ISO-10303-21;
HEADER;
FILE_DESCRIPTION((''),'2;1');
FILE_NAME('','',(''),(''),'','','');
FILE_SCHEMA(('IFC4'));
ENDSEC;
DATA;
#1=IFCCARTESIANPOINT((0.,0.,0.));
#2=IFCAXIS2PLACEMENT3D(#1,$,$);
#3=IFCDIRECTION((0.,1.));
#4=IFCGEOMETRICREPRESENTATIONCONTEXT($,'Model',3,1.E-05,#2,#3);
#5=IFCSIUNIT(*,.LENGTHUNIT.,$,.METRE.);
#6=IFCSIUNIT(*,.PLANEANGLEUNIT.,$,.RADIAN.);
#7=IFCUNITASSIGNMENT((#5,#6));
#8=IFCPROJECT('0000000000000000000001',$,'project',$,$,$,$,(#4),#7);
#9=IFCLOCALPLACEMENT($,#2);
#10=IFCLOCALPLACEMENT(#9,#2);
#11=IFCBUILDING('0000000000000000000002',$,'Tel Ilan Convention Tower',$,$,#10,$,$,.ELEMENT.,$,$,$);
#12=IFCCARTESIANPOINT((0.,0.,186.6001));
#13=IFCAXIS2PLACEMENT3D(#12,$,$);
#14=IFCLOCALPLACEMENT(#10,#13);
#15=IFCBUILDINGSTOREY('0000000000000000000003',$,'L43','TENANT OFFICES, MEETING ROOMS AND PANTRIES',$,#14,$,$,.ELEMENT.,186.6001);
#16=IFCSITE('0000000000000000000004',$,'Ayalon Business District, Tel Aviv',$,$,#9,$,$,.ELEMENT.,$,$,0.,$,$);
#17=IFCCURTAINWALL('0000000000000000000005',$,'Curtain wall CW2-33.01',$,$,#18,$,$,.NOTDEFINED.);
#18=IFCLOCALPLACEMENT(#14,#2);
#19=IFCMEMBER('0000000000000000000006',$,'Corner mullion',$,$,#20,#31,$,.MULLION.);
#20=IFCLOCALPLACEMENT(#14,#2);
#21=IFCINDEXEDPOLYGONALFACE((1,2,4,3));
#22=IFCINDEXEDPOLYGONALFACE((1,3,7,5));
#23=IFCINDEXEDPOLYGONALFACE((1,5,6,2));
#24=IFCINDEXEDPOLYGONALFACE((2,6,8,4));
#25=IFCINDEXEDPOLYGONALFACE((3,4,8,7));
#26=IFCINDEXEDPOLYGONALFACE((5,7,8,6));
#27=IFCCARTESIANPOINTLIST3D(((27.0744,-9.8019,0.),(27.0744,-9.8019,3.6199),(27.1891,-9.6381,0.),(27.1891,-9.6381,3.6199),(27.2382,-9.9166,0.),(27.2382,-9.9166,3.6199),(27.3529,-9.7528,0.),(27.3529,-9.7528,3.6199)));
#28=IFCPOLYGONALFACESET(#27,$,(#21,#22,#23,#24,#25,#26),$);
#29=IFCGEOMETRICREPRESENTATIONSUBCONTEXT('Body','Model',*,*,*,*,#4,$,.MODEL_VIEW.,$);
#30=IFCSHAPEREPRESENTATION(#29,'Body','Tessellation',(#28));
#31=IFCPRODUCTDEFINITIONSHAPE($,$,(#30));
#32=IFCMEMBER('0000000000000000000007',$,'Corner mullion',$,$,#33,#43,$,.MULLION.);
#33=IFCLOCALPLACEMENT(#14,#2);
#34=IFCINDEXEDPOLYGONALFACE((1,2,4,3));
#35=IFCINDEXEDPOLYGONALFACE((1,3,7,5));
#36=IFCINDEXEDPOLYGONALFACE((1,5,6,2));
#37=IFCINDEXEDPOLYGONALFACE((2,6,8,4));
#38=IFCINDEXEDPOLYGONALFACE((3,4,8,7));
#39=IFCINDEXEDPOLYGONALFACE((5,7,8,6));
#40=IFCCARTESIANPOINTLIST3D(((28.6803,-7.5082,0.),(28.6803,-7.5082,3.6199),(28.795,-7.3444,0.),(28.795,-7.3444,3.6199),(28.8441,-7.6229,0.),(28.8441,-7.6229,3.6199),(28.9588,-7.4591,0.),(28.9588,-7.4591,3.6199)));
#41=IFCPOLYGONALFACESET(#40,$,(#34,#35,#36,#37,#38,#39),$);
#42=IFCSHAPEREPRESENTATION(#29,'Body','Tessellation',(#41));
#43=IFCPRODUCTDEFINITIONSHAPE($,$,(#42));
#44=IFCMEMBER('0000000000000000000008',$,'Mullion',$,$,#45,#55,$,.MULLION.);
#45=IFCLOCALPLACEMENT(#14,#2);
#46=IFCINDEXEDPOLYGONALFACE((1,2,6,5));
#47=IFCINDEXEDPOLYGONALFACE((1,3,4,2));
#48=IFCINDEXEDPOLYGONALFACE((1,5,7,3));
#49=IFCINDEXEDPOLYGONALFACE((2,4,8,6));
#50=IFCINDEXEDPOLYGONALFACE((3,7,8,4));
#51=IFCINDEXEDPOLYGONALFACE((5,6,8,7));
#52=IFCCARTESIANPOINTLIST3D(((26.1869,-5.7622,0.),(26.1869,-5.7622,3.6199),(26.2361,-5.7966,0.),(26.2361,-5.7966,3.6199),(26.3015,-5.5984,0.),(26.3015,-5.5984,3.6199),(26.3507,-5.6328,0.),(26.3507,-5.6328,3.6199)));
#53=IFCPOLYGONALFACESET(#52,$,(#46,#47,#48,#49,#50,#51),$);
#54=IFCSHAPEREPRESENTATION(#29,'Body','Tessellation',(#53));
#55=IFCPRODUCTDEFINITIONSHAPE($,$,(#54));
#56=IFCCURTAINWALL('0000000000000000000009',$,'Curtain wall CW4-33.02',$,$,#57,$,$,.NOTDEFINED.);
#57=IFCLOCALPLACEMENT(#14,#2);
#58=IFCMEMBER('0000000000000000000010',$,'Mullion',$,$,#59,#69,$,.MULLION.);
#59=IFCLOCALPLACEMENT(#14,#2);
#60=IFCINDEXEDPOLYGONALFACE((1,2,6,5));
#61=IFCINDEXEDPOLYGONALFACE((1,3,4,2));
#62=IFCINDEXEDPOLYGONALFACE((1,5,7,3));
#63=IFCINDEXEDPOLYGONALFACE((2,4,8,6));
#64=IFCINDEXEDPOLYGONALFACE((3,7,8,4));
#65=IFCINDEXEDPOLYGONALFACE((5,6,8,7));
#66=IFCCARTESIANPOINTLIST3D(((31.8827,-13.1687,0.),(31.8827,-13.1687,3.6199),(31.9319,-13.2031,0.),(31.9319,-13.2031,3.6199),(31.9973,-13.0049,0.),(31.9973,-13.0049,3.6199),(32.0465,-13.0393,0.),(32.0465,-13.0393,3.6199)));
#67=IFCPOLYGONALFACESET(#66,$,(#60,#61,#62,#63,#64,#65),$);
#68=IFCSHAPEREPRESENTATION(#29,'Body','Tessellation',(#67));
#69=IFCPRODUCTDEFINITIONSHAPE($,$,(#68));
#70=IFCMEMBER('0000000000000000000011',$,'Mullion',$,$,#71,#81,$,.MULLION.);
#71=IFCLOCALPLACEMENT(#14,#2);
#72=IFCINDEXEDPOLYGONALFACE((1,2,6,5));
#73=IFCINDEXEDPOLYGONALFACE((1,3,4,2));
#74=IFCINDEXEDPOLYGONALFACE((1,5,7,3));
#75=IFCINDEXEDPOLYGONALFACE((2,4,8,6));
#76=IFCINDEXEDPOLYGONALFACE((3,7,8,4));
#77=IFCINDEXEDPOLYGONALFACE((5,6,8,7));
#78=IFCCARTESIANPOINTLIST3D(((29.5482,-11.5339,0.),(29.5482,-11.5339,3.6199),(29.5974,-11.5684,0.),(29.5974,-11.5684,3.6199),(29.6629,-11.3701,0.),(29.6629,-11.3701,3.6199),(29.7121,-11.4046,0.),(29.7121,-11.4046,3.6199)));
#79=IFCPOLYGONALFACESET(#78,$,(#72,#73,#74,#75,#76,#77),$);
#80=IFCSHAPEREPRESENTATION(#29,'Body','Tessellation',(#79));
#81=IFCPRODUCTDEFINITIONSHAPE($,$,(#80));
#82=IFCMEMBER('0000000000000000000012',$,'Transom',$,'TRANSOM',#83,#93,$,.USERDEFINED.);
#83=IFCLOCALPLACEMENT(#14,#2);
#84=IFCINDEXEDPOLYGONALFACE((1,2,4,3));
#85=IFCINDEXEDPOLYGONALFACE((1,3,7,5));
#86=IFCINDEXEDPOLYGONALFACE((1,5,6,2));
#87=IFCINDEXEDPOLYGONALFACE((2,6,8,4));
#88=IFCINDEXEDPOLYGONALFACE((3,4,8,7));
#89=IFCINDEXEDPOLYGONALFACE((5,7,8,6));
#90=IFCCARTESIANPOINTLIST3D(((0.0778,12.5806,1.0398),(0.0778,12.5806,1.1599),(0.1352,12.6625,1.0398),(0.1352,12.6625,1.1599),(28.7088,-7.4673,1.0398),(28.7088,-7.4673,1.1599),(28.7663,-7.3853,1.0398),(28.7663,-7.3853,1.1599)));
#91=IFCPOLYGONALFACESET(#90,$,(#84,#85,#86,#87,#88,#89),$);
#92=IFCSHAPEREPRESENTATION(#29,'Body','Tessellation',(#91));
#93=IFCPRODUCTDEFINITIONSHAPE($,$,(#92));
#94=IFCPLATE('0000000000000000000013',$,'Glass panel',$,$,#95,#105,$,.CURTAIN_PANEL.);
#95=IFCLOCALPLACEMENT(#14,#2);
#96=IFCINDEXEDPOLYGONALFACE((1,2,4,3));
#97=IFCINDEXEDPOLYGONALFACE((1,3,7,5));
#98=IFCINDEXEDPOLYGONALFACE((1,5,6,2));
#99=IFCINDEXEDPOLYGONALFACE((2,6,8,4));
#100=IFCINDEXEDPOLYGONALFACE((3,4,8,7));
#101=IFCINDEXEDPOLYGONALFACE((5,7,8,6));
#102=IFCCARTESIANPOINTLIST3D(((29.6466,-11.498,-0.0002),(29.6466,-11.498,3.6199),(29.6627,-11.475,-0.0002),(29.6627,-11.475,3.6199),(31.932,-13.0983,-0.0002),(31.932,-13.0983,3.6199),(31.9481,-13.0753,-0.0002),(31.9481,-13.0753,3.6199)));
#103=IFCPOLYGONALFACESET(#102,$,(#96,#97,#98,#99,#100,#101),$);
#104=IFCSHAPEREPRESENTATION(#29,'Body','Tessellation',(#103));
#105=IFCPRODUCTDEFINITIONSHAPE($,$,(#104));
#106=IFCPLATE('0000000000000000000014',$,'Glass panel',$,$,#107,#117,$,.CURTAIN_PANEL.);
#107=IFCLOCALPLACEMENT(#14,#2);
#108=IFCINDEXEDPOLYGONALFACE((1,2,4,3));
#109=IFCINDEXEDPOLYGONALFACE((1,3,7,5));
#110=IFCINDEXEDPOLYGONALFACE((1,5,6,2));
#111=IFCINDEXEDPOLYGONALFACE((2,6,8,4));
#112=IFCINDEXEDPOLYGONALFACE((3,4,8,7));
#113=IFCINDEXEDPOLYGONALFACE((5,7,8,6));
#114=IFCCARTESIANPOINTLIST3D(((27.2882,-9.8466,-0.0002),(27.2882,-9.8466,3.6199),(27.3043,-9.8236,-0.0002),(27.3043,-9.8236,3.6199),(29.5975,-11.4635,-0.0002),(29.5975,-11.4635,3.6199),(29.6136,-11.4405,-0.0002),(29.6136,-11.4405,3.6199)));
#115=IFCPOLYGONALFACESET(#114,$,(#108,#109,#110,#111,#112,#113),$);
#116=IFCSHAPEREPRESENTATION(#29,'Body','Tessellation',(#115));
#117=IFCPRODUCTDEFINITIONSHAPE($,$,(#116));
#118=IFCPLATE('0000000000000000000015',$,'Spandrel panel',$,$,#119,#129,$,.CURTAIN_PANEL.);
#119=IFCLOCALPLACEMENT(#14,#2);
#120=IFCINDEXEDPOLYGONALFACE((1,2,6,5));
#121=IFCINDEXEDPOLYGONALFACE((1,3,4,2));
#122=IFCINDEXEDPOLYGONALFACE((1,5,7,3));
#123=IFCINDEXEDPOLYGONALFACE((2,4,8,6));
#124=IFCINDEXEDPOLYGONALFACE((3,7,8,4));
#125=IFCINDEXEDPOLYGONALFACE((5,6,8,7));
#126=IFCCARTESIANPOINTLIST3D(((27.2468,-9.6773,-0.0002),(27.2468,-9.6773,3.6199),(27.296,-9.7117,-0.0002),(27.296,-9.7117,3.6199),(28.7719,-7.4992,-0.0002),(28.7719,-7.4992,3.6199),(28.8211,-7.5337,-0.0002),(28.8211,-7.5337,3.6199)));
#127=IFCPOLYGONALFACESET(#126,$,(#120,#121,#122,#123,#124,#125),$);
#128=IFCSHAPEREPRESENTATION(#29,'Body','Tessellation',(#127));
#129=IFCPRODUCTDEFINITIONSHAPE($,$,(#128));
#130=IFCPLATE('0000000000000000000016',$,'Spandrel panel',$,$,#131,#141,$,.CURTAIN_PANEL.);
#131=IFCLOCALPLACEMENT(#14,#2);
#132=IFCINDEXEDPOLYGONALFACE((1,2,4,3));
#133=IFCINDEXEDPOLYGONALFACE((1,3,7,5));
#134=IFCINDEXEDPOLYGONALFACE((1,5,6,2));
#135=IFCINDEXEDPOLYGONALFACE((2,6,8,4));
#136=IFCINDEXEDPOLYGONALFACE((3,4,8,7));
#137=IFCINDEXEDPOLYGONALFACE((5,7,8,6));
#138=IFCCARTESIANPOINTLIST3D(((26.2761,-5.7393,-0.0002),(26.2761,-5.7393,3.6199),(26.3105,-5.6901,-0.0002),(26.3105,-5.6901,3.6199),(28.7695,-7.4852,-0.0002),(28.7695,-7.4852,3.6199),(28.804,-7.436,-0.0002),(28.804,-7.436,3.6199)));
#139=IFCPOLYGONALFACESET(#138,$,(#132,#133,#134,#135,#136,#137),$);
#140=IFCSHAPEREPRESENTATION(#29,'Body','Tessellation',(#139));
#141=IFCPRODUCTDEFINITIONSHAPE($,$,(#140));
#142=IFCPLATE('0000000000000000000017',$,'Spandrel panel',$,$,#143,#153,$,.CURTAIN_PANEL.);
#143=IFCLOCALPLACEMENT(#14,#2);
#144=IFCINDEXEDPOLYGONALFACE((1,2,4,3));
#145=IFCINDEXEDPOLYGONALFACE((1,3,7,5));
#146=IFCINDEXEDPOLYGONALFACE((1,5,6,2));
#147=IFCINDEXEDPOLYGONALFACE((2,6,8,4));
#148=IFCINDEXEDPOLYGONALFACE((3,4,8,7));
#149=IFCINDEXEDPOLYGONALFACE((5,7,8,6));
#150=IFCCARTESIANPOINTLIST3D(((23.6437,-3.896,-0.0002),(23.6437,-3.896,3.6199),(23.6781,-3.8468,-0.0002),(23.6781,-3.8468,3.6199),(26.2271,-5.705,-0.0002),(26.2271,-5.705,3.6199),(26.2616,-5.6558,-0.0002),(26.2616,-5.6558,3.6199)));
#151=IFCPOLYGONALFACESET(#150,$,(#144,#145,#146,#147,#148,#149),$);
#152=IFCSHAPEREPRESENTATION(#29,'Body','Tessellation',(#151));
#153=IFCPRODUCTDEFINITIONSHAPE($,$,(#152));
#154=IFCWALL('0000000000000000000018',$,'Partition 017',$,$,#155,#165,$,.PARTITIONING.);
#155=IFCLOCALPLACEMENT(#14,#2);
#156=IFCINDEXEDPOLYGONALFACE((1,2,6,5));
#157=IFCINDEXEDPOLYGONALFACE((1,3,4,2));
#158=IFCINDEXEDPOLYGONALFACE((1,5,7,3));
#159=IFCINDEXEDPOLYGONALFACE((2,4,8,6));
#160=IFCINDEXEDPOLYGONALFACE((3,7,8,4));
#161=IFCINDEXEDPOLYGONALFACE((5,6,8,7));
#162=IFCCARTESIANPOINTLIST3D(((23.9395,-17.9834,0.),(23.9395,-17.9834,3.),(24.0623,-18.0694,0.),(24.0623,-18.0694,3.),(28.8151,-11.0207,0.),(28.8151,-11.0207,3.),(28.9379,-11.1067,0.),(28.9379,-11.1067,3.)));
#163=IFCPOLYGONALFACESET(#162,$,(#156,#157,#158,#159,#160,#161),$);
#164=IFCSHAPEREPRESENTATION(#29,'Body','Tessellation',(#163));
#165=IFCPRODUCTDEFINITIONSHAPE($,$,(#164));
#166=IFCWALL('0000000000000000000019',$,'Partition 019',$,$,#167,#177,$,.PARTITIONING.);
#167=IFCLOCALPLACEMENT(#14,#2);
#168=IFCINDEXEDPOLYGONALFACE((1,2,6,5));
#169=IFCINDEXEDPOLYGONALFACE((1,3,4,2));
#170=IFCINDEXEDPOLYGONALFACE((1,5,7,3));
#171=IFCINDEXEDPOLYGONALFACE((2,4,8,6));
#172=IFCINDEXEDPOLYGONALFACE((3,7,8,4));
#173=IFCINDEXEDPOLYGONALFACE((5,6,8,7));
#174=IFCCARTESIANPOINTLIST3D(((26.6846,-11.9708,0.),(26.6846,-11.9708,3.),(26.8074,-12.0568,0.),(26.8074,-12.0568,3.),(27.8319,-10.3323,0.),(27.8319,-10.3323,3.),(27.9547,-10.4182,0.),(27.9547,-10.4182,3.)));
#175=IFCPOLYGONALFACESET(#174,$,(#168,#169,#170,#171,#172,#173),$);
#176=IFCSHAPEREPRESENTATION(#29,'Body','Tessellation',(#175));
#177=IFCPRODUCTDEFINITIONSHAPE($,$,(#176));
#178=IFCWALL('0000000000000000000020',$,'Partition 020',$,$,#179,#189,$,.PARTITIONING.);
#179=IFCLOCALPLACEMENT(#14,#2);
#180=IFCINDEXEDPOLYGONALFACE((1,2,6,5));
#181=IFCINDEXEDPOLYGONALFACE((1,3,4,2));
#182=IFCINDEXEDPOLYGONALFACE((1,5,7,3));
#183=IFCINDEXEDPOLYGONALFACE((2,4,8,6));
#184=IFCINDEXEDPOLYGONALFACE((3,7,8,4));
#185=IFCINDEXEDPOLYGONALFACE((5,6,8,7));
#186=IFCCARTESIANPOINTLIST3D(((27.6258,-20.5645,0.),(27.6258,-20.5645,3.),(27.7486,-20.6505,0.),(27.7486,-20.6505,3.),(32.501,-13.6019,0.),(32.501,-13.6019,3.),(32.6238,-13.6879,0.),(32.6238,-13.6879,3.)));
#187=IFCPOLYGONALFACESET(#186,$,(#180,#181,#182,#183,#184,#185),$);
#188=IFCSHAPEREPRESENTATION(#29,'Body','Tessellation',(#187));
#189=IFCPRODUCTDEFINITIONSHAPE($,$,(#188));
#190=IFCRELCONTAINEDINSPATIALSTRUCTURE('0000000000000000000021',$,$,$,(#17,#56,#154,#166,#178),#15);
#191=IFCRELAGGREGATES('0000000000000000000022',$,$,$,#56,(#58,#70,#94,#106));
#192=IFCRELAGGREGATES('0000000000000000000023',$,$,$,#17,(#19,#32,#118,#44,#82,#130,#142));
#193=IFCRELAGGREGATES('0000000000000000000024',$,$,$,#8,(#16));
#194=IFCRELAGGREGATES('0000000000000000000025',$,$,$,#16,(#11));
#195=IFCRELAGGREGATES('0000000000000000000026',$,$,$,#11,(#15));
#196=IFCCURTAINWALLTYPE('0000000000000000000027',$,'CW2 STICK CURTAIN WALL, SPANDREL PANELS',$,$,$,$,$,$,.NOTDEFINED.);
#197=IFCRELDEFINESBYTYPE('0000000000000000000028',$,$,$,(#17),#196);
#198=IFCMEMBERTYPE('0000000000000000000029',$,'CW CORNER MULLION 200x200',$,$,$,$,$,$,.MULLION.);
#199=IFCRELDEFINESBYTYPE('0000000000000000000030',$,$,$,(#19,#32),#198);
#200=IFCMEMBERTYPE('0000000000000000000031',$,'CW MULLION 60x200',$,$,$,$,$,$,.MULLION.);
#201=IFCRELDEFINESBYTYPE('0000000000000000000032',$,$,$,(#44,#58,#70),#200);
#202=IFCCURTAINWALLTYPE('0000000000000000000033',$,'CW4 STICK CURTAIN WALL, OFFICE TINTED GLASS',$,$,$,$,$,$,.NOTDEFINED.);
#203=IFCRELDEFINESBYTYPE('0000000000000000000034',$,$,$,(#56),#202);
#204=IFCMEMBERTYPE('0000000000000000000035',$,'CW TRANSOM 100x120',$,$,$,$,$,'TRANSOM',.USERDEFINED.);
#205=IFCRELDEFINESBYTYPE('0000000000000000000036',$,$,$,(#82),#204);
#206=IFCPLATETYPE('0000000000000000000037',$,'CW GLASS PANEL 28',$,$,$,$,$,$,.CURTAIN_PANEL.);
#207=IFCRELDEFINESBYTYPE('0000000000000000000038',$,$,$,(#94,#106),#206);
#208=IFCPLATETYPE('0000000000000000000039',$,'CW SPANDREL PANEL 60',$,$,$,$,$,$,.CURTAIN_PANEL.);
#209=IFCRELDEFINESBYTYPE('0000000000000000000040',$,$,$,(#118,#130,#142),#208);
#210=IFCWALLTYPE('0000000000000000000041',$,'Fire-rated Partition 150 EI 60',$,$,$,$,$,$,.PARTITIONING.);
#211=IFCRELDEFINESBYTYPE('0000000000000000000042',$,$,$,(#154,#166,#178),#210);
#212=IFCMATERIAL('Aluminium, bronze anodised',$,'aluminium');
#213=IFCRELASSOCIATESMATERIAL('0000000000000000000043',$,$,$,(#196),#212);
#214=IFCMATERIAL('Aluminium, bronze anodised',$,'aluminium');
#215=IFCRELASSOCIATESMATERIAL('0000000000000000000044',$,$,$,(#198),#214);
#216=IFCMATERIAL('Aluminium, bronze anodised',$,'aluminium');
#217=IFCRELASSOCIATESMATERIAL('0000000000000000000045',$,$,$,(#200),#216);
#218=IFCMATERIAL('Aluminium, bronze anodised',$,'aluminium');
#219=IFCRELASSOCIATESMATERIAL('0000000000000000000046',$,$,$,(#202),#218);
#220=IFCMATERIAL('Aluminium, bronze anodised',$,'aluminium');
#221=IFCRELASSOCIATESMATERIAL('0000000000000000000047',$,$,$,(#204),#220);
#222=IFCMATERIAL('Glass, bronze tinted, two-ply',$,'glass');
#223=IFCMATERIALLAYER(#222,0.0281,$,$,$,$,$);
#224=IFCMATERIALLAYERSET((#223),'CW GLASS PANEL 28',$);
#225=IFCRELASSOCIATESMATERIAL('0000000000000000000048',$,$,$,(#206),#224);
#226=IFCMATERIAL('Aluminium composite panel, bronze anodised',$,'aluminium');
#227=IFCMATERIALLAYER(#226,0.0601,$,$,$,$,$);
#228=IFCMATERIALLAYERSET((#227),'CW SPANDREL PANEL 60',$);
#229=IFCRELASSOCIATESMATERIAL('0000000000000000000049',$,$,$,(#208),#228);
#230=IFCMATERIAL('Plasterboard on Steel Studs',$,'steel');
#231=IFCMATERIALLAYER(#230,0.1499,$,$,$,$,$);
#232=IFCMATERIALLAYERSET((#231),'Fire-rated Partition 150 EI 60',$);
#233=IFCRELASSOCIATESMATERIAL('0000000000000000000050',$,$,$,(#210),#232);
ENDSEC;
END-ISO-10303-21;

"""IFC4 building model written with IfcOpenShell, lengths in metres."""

from ifc_helpers import new_model, si_unit, direction, frame, frame_2d, origin, origin_2d, place, context, subcontext, project, spatial, rectangle, extrude, material, layer, layer_set, material_profile, profile_set, type_object, element, aggregate, save


model = new_model("IFC4")

# Units and contexts
model_context = context("Model", 3, precision=1e-05, world=origin(), true_north=direction((0.0, 1.0)))
body_context = subcontext(model_context, "Body", "Model", "MODEL_VIEW")
ifc_project = project(units=[si_unit("LENGTHUNIT", "METRE"), si_unit("PLANEANGLEUNIT", "RADIAN")], contexts=[model_context])

# Site, building, storey
site_placement = place(None, origin())
site = spatial("IfcSite", under=ifc_project, at=site_placement, Name="Ayalon Business District, Tel Aviv", CompositionType="ELEMENT", RefElevation=0.0)
building_placement = place(site_placement, origin())
building = spatial("IfcBuilding", under=site, at=building_placement, Name="Tel Ilan Convention Tower", CompositionType="ELEMENT")
storey_placement = place(building_placement, frame((0.0, 0.0, 186.6001)))
storey = spatial("IfcBuildingStorey", under=building, at=storey_placement, Name="L43", Description="TENANT OFFICES, MEETING ROOMS AND PANTRIES", CompositionType="ELEMENT", Elevation=186.6001)

# Curtain walls, members
ifc_material_1 = material(Name="Aluminium, bronze anodised", Category="aluminium")
curtain_wall_type_1 = type_object("IfcCurtainWallType", Name="CW2 STICK CURTAIN WALL, SPANDREL PANELS", PredefinedType="NOTDEFINED", material=ifc_material_1)
curtain_wall_1_placement = place(storey_placement, origin())
curtain_wall_1 = element("IfcCurtainWall", 1, at=curtain_wall_1_placement, inside=storey, type_object=curtain_wall_type_1, Name="Curtain wall CW2-33.01", PredefinedType="NOTDEFINED")
ifc_material_2 = material(Name="Aluminium, bronze anodised", Category="aluminium")
ifc_material_profile_1 = material_profile(ifc_material_2, rectangle(XDim=0.2, YDim=0.2, at=origin_2d()), Name="CW CORNER MULLION 200x200")
ifc_profile_set_1 = profile_set([ifc_material_profile_1], Name="Aluminium, bronze anodised")
member_type_1 = type_object("IfcMemberType", Name="CW CORNER MULLION 200x200", PredefinedType="MULLION", material=ifc_profile_set_1)
member_1_placement = place(storey_placement, frame((27.2136, -9.7773, 0.0), z_axis=(0.0, 0.0, 1.0), x_axis=(-0.819152, 0.573576, 0.0)))
member_1 = element("IfcMember", 2, at=member_1_placement, type_object=member_type_1, Name="Corner mullion", PredefinedType="MULLION", context=body_context, shape_type="SweptSolid", body=[
    extrude(rectangle(XDim=0.2, YDim=0.2, at=origin_2d()), origin(), (0.0, 0.0, 1.0), 3.6199),
])
member_2_placement = place(storey_placement, frame((28.8196, -7.4836, 0.0), z_axis=(0.0, 0.0, 1.0), x_axis=(0.573576, 0.819152, 0.0)))
member_2 = element("IfcMember", 3, at=member_2_placement, type_object=member_type_1, Name="Corner mullion", PredefinedType="MULLION", context=body_context, shape_type="SweptSolid", body=[
    extrude(rectangle(XDim=0.2, YDim=0.2, at=origin_2d()), origin(), (0.0, 0.0, 1.0), 3.6199),
])
ifc_material_3 = material(Name="Aluminium, bronze anodised", Category="aluminium")
ifc_material_profile_2 = material_profile(ifc_material_3, rectangle(XDim=0.0601, YDim=0.2, at=origin_2d()), Name="CW MULLION 60x200")
ifc_profile_set_2 = profile_set([ifc_material_profile_2], Name="Aluminium, bronze anodised")
member_type_2 = type_object("IfcMemberType", Name="CW MULLION 60x200", PredefinedType="MULLION", material=ifc_profile_set_2)
member_3_placement = place(storey_placement, frame((26.2688, -5.6975, 0.0), z_axis=(0.0, 0.0, 1.0), x_axis=(-0.819152, 0.573576, 0.0)))
member_3 = element("IfcMember", 4, at=member_3_placement, type_object=member_type_2, Name="Mullion", PredefinedType="MULLION", context=body_context, shape_type="SweptSolid", body=[
    extrude(rectangle(XDim=0.0601, YDim=0.2, at=origin_2d()), origin(), (0.0, 0.0, 1.0), 3.6199),
])
ifc_material_4 = material(Name="Aluminium, bronze anodised", Category="aluminium")
curtain_wall_type_2 = type_object("IfcCurtainWallType", Name="CW4 STICK CURTAIN WALL, OFFICE TINTED GLASS", PredefinedType="NOTDEFINED", material=ifc_material_4)
curtain_wall_2_placement = place(storey_placement, origin())
curtain_wall_2 = element("IfcCurtainWall", 5, at=curtain_wall_2_placement, inside=storey, type_object=curtain_wall_type_2, Name="Curtain wall CW4-33.02", PredefinedType="NOTDEFINED")
member_4_placement = place(storey_placement, frame((31.9646, -13.104, 0.0), z_axis=(0.0, 0.0, 1.0), x_axis=(-0.819152, 0.573576, 0.0)))
member_4 = element("IfcMember", 6, at=member_4_placement, type_object=member_type_2, Name="Mullion", PredefinedType="MULLION", context=body_context, shape_type="SweptSolid", body=[
    extrude(rectangle(XDim=0.0601, YDim=0.2, at=origin_2d()), origin(), (0.0, 0.0, 1.0), 3.6199),
])
member_5_placement = place(storey_placement, frame((29.6301, -11.4692, 0.0), z_axis=(0.0, 0.0, 1.0), x_axis=(-0.819152, 0.573576, 0.0)))
member_5 = element("IfcMember", 7, at=member_5_placement, type_object=member_type_2, Name="Mullion", PredefinedType="MULLION", context=body_context, shape_type="SweptSolid", body=[
    extrude(rectangle(XDim=0.0601, YDim=0.2, at=origin_2d()), origin(), (0.0, 0.0, 1.0), 3.6199),
])

# Member
ifc_material_5 = material(Name="Aluminium, bronze anodised", Category="aluminium")
ifc_material_profile_3 = material_profile(ifc_material_5, rectangle(XDim=0.1001, YDim=0.1201, at=origin_2d()), Name="CW TRANSOM 100x120")
ifc_profile_set_3 = profile_set([ifc_material_profile_3], Name="Aluminium, bronze anodised")
member_type_3 = type_object("IfcMemberType", Name="CW TRANSOM 100x120", ElementType="TRANSOM", PredefinedType="USERDEFINED", material=ifc_profile_set_3)
member_6_placement = place(storey_placement, frame((28.7375, -7.4263, 1.0999), z_axis=(-0.81915, 0.573579, 0.0), x_axis=(-0.573579, -0.81915, 0.0)))
member_6 = element("IfcMember", 8, at=member_6_placement, type_object=member_type_3, Name="Transom", ObjectType="TRANSOM", PredefinedType="USERDEFINED", context=body_context, shape_type="SweptSolid", body=[
    extrude(rectangle(XDim=0.1001, YDim=0.1201, at=origin_2d()), origin(), (0.0, 0.0, 1.0), 34.9521),
])

# Plates
ifc_material_6 = material(Name="Glass, bronze tinted, two-ply", Category="glass")
ifc_layer_1 = layer(ifc_material_6, 0.0281)
ifc_layer_set_1 = layer_set([ifc_layer_1], Name="CW GLASS PANEL 28")
plate_type_1 = type_object("IfcPlateType", Name="CW GLASS PANEL 28", PredefinedType="CURTAIN_PANEL", material=ifc_layer_set_1)
plate_1_placement = place(storey_placement, frame((30.7974, -12.2866, -0.0002), z_axis=(0.0, 0.0, 1.0), x_axis=(-0.819152, 0.573576, 0.0)))
plate_1 = element("IfcPlate", 9, at=plate_1_placement, type_object=plate_type_1, Name="Glass panel", PredefinedType="CURTAIN_PANEL", context=body_context, shape_type="SweptSolid", body=[
    extrude(rectangle(XDim=2.79, YDim=0.0281, at=origin_2d()), origin(), (0.0, 0.0, 1.0), 3.6201),
])
plate_2_placement = place(storey_placement, frame((28.4509, -10.6436, -0.0002), z_axis=(0.0, 0.0, 1.0), x_axis=(-0.819152, 0.573576, 0.0)))
plate_2 = element("IfcPlate", 10, at=plate_2_placement, type_object=plate_type_1, Name="Glass panel", PredefinedType="CURTAIN_PANEL", context=body_context, shape_type="SweptSolid", body=[
    extrude(rectangle(XDim=2.8191, YDim=0.0281, at=origin_2d()), origin(), (0.0, 0.0, 1.0), 3.6201),
])
aggregate(curtain_wall_2, [member_4, member_5, plate_1, plate_2])
ifc_material_7 = material(Name="Aluminium composite panel, bronze anodised", Category="aluminium")
ifc_layer_2 = layer(ifc_material_7, 0.0601)
ifc_layer_set_2 = layer_set([ifc_layer_2], Name="CW SPANDREL PANEL 60")
plate_type_2 = type_object("IfcPlateType", Name="CW SPANDREL PANEL 60", PredefinedType="CURTAIN_PANEL", material=ifc_layer_set_2)
plate_3_placement = place(storey_placement, frame((28.0339, -8.6055, -0.0002), z_axis=(0.0, 0.0, 1.0), x_axis=(0.573576, 0.819152, 0.0)))
plate_3 = element("IfcPlate", 11, at=plate_3_placement, type_object=plate_type_2, Name="Spandrel panel", PredefinedType="CURTAIN_PANEL", context=body_context, shape_type="SweptSolid", body=[
    extrude(rectangle(XDim=2.6589, YDim=0.0601, at=origin_2d()), origin(), (0.0, 0.0, 1.0), 3.6201),
])
plate_4_placement = place(storey_placement, frame((27.54, -6.5876, -0.0002), z_axis=(0.0, 0.0, 1.0), x_axis=(-0.819152, 0.573576, 0.0)))
plate_4 = element("IfcPlate", 12, at=plate_4_placement, type_object=plate_type_2, Name="Spandrel panel", PredefinedType="CURTAIN_PANEL", context=body_context, shape_type="SweptSolid", body=[
    extrude(rectangle(XDim=3.0439, YDim=0.0601, at=origin_2d()), origin(), (0.0, 0.0, 1.0), 3.6201),
])
plate_5_placement = place(storey_placement, frame((24.9526, -4.7759, -0.0002), z_axis=(0.0, 0.0, 1.0), x_axis=(-0.819152, 0.573576, 0.0)))
plate_5 = element("IfcPlate", 13, at=plate_5_placement, type_object=plate_type_2, Name="Spandrel panel", PredefinedType="CURTAIN_PANEL", context=body_context, shape_type="SweptSolid", body=[
    extrude(rectangle(XDim=3.1538, YDim=0.0601, at=origin_2d()), origin(), (0.0, 0.0, 1.0), 3.6201),
])
aggregate(curtain_wall_1, [member_1, member_2, plate_3, member_3, member_6, plate_4, plate_5])

# Walls
ifc_material_8 = material(Name="Plasterboard on Steel Studs", Category="steel")
ifc_layer_3 = layer(ifc_material_8, 0.1499)
ifc_layer_set_3 = layer_set([ifc_layer_3], Name="Fire-rated Partition 150 EI 60")
wall_type_1 = type_object("IfcWallType", Name="Fire-rated Partition 150 EI 60", PredefinedType="PARTITIONING", material=ifc_layer_set_3)
wall_1_placement = place(storey_placement, frame((28.8765, -11.0637, 0.0), z_axis=(0.0, 0.0, 1.0), x_axis=(-0.573591, -0.819142, 0.0)))
element("IfcWall", 14, at=wall_1_placement, inside=storey, type_object=wall_type_1, Name="Partition 017", PredefinedType="PARTITIONING", context=body_context, shape_type="SweptSolid", body=[
    extrude(rectangle(XDim=8.5, YDim=0.1499, at=frame_2d((4.25, 0.0))), origin(), (0.0, 0.0, 1.0), 3.0),
])
wall_2_placement = place(storey_placement, frame((26.7461, -12.0137, 0.0), z_axis=(0.0, 0.0, 1.0), x_axis=(0.573569, 0.819157, 0.0)))
element("IfcWall", 15, at=wall_2_placement, inside=storey, type_object=wall_type_1, Name="Partition 019", PredefinedType="PARTITIONING", context=body_context, shape_type="SweptSolid", body=[
    extrude(rectangle(XDim=2.0002, YDim=0.1499, at=frame_2d((1.0, 0.0))), origin(), (0.0, 0.0, 1.0), 3.0),
])
wall_3_placement = place(storey_placement, frame((32.5625, -13.6448, 0.0), z_axis=(0.0, 0.0, 1.0), x_axis=(-0.573572, -0.819155, 0.0)))
element("IfcWall", 16, at=wall_3_placement, inside=storey, type_object=wall_type_1, Name="Partition 020", PredefinedType="PARTITIONING", context=body_context, shape_type="SweptSolid", body=[
    extrude(rectangle(XDim=8.4998, YDim=0.1499, at=frame_2d((4.25, 0.0))), origin(), (0.0, 0.0, 1.0), 3.0),
])

save(model, "model.ifc")
